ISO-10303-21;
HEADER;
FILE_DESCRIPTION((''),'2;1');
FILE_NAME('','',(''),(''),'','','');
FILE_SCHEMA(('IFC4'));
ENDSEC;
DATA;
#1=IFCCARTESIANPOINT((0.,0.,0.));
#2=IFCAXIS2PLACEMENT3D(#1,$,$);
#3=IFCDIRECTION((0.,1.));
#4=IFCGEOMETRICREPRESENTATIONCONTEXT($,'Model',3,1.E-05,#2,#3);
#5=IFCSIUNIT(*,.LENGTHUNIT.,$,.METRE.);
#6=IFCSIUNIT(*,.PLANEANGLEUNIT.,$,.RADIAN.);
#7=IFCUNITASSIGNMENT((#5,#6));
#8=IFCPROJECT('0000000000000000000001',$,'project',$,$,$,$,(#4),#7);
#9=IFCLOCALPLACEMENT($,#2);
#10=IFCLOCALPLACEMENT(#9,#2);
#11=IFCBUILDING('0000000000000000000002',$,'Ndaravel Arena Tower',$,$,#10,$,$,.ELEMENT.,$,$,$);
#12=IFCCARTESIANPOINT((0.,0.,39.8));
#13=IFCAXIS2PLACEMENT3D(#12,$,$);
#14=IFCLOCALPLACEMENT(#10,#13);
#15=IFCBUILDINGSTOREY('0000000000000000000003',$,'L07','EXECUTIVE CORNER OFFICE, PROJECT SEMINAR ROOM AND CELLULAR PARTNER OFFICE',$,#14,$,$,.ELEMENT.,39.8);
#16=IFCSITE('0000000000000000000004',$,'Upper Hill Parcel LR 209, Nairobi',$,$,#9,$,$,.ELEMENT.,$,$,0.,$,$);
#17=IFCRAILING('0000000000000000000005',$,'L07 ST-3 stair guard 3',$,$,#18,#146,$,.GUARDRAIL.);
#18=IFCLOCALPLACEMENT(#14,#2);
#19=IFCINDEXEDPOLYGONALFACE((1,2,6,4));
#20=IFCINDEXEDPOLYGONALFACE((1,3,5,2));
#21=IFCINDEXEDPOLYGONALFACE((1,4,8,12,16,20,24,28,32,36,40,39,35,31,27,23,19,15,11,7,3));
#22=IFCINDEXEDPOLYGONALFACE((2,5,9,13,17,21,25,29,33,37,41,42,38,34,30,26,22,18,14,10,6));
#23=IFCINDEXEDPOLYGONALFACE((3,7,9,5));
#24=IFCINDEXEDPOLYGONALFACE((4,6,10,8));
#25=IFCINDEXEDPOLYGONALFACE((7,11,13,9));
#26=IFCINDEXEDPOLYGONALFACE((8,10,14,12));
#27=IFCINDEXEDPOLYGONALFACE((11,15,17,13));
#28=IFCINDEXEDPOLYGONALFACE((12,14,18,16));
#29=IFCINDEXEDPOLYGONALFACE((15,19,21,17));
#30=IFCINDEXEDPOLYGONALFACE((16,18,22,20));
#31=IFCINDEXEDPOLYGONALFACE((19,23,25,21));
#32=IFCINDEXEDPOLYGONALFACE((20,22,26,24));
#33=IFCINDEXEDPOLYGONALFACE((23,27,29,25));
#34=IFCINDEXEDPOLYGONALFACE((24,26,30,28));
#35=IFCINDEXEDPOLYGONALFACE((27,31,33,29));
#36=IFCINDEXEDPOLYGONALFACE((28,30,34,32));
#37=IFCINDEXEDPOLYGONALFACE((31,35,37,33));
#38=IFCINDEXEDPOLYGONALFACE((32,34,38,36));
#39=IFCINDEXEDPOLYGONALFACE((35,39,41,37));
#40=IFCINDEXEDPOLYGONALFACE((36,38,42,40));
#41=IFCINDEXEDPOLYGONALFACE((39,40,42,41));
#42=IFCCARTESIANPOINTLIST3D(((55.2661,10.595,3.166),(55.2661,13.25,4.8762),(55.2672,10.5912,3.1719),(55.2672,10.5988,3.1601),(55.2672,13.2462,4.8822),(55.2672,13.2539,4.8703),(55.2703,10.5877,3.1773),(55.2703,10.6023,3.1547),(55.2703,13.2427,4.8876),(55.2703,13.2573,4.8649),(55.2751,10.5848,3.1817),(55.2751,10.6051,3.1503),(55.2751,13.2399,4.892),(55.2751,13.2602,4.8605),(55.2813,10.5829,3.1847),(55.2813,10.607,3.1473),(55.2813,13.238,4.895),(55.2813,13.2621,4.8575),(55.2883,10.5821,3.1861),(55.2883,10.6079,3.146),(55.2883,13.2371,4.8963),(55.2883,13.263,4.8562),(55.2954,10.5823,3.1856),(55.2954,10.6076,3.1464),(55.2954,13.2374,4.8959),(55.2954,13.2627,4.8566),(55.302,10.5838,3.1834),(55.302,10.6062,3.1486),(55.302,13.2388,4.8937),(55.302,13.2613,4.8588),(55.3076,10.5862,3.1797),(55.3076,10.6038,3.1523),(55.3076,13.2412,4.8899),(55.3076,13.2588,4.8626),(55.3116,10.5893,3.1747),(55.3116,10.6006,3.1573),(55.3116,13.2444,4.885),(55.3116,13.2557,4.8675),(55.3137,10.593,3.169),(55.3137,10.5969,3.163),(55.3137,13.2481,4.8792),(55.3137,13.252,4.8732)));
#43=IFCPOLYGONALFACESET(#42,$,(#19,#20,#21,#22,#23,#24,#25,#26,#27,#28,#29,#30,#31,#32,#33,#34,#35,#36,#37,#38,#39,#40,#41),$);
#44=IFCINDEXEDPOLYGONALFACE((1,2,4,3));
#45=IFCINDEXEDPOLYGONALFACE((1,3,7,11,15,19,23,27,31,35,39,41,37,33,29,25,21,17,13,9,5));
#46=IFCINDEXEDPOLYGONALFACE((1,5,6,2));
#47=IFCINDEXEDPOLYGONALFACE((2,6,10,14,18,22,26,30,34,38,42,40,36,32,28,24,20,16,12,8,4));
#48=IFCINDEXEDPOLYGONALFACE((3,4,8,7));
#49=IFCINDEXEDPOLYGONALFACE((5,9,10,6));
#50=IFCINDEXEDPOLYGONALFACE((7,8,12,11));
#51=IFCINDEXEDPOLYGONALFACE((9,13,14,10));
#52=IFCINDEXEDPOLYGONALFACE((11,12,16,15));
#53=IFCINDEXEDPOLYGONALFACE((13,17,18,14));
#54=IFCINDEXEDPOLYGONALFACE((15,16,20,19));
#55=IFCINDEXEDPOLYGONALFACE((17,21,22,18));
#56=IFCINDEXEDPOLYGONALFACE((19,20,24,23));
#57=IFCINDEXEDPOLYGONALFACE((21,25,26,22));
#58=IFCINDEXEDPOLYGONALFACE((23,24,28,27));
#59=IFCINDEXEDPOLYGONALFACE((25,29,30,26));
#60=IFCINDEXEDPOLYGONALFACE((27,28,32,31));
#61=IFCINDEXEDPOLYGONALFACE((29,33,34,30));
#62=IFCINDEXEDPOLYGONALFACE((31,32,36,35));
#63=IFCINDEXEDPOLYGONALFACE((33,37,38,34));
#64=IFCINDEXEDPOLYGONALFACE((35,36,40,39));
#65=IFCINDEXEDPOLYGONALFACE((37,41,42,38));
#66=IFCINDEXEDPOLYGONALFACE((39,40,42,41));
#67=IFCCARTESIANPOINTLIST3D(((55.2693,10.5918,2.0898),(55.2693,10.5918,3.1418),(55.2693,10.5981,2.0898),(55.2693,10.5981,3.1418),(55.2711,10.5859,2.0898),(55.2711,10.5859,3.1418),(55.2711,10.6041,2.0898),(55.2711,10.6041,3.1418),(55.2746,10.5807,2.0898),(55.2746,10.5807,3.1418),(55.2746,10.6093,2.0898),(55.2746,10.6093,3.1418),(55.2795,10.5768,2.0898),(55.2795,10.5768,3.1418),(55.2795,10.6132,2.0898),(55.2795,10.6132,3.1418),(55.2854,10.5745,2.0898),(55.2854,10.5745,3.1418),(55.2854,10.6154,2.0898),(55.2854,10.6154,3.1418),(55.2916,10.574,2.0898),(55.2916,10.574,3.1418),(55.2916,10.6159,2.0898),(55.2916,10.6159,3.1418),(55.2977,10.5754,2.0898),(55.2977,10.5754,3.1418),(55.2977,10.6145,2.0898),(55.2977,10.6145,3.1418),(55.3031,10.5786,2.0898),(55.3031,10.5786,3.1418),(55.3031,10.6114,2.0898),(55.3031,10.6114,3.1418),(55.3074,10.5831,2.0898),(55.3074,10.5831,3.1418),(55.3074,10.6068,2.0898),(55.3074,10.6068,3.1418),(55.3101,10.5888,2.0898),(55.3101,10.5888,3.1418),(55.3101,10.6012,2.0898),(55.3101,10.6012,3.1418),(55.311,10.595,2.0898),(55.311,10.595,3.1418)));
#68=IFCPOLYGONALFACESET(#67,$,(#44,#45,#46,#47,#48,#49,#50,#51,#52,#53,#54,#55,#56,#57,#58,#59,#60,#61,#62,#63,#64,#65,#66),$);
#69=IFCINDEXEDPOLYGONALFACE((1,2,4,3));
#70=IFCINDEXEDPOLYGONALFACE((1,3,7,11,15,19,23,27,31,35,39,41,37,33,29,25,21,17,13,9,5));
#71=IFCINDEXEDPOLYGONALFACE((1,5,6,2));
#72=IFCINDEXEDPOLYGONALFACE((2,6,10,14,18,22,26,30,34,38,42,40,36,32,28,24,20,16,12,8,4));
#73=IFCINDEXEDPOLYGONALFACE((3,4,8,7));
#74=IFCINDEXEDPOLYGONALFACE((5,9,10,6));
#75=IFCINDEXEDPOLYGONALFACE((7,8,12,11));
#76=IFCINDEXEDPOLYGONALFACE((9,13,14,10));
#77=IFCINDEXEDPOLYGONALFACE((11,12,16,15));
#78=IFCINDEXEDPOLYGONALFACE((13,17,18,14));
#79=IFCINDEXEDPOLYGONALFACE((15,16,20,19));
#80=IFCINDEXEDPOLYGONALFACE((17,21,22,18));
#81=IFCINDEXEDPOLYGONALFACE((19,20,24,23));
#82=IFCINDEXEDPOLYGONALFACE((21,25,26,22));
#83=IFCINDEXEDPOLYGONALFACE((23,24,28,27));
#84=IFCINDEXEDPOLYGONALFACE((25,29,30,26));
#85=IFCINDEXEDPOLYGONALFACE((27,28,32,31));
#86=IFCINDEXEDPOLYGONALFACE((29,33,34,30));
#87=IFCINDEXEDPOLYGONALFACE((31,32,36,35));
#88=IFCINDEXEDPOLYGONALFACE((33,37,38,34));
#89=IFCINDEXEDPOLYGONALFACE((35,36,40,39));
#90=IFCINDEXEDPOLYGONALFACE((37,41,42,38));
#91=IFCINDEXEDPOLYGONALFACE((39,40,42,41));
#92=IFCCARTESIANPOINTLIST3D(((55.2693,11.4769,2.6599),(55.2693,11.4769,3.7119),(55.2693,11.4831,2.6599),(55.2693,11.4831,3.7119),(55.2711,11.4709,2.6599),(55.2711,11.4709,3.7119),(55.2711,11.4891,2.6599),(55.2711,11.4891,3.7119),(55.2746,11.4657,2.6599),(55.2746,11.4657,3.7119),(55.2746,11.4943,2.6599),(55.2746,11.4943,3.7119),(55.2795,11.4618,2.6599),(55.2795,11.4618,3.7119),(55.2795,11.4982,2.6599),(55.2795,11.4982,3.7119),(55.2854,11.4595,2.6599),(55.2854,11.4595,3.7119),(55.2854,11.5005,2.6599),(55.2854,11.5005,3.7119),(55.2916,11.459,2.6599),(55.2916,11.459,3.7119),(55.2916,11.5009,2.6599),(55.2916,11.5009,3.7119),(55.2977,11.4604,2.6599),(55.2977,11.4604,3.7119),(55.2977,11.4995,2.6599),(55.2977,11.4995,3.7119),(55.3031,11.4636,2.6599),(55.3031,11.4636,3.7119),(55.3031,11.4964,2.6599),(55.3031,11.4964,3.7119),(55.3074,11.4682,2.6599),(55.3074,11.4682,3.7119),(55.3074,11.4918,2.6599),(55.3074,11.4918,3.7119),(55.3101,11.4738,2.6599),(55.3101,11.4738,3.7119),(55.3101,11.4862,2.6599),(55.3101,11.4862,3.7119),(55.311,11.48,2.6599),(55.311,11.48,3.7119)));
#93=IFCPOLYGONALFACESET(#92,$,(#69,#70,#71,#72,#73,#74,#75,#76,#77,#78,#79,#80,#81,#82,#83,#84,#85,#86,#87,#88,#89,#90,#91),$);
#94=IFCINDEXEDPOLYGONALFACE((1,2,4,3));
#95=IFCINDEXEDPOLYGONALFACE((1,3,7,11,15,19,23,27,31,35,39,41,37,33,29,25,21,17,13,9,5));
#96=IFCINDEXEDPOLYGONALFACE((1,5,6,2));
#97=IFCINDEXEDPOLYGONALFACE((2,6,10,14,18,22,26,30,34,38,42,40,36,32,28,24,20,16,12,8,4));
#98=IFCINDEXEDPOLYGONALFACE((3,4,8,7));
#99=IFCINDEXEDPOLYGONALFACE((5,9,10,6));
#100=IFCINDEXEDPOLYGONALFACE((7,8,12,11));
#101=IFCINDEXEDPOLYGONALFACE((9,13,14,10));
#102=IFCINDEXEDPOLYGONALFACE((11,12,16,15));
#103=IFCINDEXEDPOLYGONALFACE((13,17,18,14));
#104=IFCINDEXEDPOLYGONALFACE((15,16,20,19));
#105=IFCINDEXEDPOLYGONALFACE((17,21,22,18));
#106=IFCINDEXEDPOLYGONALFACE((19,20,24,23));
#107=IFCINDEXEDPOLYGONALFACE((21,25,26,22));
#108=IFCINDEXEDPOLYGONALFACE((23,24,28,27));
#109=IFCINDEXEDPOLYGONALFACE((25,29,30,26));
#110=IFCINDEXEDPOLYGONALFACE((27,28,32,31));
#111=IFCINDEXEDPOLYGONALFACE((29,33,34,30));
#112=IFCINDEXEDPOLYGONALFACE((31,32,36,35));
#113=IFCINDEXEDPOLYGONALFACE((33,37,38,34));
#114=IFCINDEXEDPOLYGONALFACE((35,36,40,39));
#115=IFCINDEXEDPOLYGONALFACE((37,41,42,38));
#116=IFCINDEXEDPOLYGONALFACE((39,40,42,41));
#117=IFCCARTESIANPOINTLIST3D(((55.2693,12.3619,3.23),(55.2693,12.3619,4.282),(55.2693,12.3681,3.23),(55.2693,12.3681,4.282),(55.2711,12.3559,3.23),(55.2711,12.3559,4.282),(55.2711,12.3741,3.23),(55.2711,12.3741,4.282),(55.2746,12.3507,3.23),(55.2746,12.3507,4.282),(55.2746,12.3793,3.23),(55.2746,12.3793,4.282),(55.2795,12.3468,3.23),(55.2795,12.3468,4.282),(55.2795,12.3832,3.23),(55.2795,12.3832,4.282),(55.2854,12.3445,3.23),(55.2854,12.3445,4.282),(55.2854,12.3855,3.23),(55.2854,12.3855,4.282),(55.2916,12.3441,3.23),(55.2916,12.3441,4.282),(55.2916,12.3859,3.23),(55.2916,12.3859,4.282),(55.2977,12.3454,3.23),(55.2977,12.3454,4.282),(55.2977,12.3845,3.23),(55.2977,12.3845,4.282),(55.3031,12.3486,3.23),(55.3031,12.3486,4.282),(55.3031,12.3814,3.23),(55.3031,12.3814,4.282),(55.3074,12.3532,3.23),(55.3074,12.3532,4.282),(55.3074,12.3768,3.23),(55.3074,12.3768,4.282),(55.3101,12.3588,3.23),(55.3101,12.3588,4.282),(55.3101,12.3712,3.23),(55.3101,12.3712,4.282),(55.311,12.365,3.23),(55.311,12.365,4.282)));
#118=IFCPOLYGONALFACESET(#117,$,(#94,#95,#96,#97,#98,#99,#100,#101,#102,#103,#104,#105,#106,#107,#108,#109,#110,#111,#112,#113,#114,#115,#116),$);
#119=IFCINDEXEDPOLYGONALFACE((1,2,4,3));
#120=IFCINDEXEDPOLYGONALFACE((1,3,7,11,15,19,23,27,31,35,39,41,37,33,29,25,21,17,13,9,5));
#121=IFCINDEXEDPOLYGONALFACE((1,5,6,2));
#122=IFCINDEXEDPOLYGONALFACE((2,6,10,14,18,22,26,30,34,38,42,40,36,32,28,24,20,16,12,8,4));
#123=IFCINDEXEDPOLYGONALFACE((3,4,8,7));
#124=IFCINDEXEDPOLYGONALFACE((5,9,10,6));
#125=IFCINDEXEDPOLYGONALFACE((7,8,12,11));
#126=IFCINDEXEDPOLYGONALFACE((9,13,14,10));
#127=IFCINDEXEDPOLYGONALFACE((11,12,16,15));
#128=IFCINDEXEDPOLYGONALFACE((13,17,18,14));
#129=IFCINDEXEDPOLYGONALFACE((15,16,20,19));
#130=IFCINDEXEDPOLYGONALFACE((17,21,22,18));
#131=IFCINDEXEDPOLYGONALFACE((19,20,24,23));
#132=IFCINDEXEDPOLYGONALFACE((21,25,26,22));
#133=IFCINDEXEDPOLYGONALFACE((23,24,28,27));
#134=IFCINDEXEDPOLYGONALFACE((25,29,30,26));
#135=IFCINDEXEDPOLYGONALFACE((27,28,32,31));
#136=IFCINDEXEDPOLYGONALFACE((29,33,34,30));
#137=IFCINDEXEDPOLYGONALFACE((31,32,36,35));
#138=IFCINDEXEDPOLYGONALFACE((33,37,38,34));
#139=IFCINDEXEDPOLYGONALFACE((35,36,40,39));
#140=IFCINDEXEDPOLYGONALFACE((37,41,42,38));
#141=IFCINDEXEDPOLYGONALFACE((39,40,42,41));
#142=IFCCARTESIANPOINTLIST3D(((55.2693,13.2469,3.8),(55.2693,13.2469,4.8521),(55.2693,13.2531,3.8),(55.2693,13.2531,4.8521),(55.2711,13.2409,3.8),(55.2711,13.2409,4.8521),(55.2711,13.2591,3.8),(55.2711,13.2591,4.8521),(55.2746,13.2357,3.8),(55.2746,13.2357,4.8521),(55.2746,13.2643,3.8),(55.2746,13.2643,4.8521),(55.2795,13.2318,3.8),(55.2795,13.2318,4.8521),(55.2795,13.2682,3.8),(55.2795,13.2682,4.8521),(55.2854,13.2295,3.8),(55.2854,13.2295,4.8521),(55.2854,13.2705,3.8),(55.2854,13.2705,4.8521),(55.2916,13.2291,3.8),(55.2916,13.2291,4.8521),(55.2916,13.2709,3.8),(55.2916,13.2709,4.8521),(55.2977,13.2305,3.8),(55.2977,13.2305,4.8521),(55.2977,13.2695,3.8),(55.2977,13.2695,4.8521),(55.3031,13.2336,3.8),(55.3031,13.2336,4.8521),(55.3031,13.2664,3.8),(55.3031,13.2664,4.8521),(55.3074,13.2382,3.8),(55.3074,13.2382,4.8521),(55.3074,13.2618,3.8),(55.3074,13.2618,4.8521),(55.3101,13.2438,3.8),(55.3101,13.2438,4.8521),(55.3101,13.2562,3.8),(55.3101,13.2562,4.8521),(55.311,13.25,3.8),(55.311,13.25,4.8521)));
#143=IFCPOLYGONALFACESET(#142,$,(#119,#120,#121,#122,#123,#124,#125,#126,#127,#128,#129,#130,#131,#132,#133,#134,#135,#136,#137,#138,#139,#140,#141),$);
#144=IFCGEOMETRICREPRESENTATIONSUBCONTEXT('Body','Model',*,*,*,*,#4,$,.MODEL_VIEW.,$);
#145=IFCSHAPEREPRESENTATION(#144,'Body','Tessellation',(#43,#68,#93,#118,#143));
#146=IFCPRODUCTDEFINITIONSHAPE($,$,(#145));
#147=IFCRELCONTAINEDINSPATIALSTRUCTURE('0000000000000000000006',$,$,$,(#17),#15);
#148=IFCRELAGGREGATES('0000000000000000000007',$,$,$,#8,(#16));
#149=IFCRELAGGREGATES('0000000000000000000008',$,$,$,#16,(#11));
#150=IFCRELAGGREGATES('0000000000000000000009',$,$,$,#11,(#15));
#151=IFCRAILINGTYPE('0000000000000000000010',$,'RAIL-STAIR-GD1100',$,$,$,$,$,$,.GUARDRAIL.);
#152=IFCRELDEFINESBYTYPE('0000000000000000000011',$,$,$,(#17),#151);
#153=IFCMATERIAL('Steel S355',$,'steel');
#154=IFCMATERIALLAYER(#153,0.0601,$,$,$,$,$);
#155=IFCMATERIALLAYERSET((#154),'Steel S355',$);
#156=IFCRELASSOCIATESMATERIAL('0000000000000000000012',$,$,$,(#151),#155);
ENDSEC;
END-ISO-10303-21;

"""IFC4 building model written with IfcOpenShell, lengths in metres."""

from ifc_helpers import new_model, si_unit, direction, frame, origin, origin_2d, place, context, subcontext, project, spatial, circle, extrude, material, layer, layer_set, type_object, element, save


model = new_model("IFC4")

# Units and contexts
model_context = context("Model", 3, precision=1e-05, world=origin(), true_north=direction((0.0, 1.0)))
body_context = subcontext(model_context, "Body", "Model", "MODEL_VIEW")
ifc_project = project(units=[si_unit("LENGTHUNIT", "METRE"), si_unit("PLANEANGLEUNIT", "RADIAN")], contexts=[model_context])

# Site, building, storey
site_placement = place(None, origin())
site = spatial("IfcSite", under=ifc_project, at=site_placement, Name="Upper Hill Parcel LR 209, Nairobi", CompositionType="ELEMENT", RefElevation=0.0)
building_placement = place(site_placement, origin())
building = spatial("IfcBuilding", under=site, at=building_placement, Name="Ndaravel Arena Tower", CompositionType="ELEMENT")
storey_placement = place(building_placement, frame((0.0, 0.0, 39.8)))
storey = spatial("IfcBuildingStorey", under=building, at=storey_placement, Name="L07", Description="EXECUTIVE CORNER OFFICE, PROJECT SEMINAR ROOM AND CELLULAR PARTNER OFFICE", CompositionType="ELEMENT", Elevation=39.8)

# Railing
ifc_material_1 = material(Name="Steel S355", Category="steel")
ifc_layer_1 = layer(ifc_material_1, 0.0601)
ifc_layer_set_1 = layer_set([ifc_layer_1], Name="Steel S355")
railing_type_1 = type_object("IfcRailingType", Name="RAIL-STAIR-GD1100", PredefinedType="GUARDRAIL", material=ifc_layer_set_1)
railing_1_placement = place(storey_placement, frame((55.29, 10.595, 2.0898)))
element("IfcRailing", 1, at=railing_1_placement, inside=storey, type_object=railing_type_1, Name="L07 ST-3 stair guard 3", PredefinedType="GUARDRAIL", context=body_context, shape_type="SweptSolid", body=[
    extrude(circle(Radius=0.0239, at=origin_2d()), frame((0.0, 0.0, 1.0762), z_axis=(0.0, 0.840688, 0.541519), x_axis=(-1.0, 0.0, 0.0)), (0.0, 0.0, 1.0), 3.1582),
    extrude(circle(Radius=0.021, at=origin_2d()), origin(), (0.0, 0.0, 1.0), 1.052),
    extrude(circle(Radius=0.021, at=origin_2d()), frame((0.0, 0.885, 0.5701)), (0.0, 0.0, 1.0), 1.052),
    extrude(circle(Radius=0.021, at=origin_2d()), frame((0.0, 1.77, 1.1401)), (0.0, 0.0, 1.0), 1.052),
    extrude(circle(Radius=0.021, at=origin_2d()), frame((0.0, 2.655, 1.7102)), (0.0, 0.0, 1.0), 1.052),
])

save(model, "model.ifc")
